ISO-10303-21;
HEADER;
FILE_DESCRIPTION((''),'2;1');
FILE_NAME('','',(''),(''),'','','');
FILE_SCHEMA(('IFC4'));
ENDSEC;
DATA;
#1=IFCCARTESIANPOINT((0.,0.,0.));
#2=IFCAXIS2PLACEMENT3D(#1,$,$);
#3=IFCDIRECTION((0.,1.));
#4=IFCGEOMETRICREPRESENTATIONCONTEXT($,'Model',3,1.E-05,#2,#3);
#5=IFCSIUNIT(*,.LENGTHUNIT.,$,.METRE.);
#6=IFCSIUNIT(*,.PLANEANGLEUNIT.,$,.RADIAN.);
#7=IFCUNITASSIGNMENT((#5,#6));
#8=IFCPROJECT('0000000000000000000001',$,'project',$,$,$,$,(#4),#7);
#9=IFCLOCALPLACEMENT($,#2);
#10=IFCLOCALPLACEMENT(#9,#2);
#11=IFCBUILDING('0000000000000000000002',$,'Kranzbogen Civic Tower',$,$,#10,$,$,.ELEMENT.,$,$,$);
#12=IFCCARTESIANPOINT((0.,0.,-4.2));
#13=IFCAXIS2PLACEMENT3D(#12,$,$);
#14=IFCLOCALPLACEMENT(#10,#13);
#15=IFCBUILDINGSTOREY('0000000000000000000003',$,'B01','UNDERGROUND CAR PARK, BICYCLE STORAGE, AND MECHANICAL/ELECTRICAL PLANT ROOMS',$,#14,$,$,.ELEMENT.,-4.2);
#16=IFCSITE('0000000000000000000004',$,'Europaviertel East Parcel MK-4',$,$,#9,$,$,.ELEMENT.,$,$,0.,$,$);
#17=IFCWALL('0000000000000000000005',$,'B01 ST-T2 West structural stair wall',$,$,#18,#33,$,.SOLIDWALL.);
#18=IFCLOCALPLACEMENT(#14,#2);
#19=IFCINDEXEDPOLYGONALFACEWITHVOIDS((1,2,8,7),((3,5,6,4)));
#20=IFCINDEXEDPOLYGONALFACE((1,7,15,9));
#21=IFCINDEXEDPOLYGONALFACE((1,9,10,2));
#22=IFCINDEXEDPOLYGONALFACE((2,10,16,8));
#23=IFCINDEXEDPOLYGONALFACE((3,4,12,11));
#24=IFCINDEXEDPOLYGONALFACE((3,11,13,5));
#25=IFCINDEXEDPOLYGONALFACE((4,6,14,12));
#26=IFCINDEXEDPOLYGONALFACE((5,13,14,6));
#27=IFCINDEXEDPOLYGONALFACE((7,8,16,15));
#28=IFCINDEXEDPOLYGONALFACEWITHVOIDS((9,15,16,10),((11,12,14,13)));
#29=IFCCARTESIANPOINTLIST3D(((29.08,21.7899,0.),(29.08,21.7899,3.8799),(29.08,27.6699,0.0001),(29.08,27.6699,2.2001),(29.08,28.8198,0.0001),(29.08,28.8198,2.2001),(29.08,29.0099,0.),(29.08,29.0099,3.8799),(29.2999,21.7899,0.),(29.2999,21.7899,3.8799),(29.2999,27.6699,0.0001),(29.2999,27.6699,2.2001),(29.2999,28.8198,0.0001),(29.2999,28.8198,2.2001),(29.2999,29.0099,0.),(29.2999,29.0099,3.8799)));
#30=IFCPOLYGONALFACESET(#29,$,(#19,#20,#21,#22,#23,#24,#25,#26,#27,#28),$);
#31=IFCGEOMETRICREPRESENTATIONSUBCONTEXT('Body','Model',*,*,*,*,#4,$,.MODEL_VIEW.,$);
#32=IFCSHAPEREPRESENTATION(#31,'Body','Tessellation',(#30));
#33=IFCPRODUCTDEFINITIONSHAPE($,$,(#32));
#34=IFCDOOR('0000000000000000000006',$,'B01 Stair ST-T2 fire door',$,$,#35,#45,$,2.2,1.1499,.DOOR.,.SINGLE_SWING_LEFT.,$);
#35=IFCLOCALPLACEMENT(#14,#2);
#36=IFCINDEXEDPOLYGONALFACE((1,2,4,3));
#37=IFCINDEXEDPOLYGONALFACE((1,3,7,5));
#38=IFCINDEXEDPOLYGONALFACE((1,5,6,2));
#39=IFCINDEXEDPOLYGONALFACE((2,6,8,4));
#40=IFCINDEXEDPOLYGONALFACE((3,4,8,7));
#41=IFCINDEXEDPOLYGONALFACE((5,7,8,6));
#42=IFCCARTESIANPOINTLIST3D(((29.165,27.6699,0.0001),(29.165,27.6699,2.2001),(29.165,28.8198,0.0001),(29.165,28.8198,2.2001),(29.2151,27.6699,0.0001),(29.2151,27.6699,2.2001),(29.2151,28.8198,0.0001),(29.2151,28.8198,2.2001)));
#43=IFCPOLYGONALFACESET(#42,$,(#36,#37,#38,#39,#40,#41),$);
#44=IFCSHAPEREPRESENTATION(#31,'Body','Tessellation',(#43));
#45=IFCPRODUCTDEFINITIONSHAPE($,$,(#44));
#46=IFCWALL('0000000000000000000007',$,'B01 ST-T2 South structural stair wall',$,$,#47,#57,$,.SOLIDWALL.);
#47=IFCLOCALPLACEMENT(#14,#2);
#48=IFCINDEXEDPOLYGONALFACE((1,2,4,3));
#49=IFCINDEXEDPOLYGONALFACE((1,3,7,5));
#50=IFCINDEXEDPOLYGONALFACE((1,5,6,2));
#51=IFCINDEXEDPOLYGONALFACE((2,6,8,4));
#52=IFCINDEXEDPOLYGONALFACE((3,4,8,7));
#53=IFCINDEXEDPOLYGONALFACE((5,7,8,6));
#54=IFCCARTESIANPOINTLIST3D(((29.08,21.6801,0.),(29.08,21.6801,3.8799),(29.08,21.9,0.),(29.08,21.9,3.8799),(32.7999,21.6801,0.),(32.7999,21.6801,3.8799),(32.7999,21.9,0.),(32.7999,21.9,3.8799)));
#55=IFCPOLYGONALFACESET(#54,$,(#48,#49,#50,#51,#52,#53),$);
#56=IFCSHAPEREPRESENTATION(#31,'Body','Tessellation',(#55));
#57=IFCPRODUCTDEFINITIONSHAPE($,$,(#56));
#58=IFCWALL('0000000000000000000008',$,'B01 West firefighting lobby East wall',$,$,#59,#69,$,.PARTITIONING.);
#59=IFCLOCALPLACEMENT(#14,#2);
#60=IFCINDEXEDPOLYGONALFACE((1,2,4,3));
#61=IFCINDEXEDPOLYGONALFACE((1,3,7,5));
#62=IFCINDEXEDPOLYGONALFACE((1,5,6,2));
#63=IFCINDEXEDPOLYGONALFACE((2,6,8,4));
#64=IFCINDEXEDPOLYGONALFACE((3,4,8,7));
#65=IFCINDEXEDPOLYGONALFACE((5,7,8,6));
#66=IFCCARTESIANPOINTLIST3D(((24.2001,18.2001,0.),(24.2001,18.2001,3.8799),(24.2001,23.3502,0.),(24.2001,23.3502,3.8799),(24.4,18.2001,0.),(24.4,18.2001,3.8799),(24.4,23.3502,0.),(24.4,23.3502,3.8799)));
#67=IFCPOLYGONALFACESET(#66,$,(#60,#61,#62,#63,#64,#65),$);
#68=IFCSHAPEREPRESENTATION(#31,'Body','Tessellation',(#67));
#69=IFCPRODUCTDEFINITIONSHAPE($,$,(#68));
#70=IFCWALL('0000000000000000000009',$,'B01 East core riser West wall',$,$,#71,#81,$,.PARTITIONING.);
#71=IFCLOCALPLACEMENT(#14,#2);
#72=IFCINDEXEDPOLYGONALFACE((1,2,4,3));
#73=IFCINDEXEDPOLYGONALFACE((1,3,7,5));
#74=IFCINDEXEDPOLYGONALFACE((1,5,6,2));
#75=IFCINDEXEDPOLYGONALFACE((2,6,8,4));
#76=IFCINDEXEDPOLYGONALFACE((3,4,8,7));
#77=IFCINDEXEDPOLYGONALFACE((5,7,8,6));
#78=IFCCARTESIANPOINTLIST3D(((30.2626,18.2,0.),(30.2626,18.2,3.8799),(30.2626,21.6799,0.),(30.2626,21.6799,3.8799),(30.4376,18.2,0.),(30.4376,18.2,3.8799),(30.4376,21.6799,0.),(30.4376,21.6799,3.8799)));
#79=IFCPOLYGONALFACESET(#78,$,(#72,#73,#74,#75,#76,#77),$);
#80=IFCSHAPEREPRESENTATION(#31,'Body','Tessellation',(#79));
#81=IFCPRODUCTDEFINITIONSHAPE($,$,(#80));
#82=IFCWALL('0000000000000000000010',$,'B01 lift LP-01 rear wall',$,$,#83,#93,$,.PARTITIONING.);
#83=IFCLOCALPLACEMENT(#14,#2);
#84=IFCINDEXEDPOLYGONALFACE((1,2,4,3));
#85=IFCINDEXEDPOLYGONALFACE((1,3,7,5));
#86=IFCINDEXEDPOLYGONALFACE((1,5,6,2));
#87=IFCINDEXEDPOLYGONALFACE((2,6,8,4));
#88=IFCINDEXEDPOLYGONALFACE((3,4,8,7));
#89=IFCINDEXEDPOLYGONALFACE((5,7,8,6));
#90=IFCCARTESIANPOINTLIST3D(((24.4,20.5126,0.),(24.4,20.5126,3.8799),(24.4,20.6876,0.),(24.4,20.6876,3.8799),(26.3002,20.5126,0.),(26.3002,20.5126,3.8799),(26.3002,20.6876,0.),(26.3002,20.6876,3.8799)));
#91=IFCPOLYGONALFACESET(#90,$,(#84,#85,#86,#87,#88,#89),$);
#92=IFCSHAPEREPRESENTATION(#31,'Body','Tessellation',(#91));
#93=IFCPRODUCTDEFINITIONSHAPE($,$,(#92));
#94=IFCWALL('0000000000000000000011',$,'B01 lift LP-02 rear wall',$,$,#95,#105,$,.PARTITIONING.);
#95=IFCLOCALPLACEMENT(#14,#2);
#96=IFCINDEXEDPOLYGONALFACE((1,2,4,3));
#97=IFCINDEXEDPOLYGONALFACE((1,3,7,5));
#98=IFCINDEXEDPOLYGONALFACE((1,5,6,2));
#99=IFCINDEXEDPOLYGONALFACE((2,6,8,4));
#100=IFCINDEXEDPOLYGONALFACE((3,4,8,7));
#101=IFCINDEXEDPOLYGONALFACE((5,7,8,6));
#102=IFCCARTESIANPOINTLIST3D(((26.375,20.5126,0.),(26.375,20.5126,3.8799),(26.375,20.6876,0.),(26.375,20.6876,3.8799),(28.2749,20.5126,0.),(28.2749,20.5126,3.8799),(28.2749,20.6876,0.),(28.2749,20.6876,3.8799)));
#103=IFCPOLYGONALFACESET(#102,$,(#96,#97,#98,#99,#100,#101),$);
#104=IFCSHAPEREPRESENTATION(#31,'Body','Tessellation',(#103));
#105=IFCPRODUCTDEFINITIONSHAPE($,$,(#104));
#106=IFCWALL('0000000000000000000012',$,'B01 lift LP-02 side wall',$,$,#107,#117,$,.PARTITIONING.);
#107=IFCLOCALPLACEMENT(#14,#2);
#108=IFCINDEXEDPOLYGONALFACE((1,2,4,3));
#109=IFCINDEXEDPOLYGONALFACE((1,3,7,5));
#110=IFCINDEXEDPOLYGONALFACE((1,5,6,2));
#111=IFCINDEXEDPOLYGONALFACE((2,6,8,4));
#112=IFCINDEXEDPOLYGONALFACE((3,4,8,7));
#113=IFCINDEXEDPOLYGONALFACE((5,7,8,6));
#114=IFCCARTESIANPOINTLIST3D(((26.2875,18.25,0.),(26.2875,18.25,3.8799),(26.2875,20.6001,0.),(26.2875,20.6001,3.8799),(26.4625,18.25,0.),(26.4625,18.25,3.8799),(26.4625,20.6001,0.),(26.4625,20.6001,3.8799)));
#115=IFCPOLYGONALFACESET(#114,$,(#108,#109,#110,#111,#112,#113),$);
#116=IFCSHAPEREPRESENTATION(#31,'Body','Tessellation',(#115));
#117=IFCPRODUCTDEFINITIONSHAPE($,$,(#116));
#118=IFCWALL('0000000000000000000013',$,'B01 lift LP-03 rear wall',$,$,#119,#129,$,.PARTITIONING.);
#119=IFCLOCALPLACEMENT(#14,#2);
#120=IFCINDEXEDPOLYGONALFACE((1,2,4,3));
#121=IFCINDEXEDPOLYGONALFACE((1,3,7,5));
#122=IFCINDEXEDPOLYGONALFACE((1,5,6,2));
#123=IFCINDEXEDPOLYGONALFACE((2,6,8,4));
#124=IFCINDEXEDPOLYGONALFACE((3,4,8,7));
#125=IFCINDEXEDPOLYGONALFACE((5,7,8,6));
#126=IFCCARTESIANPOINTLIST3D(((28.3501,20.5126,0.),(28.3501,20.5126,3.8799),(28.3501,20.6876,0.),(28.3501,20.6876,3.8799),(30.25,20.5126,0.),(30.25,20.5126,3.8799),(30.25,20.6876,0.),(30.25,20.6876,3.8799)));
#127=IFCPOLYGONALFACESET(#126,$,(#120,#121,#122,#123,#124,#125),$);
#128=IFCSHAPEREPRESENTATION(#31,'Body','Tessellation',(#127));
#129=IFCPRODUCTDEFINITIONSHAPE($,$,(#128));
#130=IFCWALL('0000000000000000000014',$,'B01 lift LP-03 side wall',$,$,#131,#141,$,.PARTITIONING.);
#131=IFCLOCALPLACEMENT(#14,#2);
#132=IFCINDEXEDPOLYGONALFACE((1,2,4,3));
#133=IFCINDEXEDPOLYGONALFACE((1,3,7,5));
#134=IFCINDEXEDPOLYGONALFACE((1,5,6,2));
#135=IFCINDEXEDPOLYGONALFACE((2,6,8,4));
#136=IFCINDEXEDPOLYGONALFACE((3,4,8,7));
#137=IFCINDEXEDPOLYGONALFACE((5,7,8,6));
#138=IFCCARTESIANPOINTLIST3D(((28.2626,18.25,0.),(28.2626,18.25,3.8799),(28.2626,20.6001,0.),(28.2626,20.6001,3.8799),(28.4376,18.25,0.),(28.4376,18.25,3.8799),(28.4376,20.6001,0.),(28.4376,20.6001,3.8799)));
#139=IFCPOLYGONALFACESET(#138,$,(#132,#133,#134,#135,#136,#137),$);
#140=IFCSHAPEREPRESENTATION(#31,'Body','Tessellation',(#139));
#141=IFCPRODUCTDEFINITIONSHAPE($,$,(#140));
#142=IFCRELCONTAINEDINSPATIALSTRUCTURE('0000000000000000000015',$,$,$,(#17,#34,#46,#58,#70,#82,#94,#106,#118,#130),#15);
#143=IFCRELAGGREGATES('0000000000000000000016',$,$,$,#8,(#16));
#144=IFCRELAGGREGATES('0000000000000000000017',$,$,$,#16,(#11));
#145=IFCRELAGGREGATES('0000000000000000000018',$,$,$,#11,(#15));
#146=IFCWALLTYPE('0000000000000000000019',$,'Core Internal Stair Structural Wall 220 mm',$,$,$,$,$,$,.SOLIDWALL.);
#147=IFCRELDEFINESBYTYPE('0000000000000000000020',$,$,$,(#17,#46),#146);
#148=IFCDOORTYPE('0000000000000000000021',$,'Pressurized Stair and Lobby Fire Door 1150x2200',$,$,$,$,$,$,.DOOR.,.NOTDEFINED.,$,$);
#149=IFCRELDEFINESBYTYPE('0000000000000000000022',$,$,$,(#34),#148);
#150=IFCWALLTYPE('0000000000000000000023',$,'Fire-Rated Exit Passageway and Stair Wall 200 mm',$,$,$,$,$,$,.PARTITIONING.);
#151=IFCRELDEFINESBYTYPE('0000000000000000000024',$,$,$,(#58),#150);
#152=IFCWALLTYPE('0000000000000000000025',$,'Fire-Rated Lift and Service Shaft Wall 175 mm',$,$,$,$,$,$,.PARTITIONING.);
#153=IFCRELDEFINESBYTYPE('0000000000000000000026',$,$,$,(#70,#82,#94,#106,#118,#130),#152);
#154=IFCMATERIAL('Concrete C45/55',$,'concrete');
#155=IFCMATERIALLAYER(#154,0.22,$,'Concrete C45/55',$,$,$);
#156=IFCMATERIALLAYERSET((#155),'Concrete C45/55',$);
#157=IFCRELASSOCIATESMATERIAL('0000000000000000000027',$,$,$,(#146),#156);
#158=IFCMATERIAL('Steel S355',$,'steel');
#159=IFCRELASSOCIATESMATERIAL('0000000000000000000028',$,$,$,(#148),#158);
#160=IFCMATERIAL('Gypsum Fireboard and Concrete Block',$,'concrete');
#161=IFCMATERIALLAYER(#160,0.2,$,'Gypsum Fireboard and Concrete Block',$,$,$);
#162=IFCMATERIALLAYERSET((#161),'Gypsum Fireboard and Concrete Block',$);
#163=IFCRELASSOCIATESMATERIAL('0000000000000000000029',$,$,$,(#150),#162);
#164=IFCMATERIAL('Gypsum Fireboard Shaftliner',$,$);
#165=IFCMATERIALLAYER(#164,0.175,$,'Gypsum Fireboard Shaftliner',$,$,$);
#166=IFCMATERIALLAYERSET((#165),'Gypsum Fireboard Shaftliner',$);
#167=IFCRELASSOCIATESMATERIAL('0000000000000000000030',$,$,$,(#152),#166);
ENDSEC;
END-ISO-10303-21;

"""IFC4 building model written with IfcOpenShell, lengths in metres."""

from ifc_helpers import new_model, si_unit, direction, frame, frame_2d, origin, place, context, subcontext, project, spatial, rectangle, extrude, material, layer, layer_set, type_object, element, fill, save


model = new_model("IFC4")

# Units and contexts
model_context = context("Model", 3, precision=1e-05, world=origin(), true_north=direction((0.0, 1.0)))
body_context = subcontext(model_context, "Body", "Model", "MODEL_VIEW")
ifc_project = project(units=[si_unit("LENGTHUNIT", "METRE"), si_unit("PLANEANGLEUNIT", "RADIAN")], contexts=[model_context])

# Site, building, storey
site_placement = place(None, origin())
site = spatial("IfcSite", under=ifc_project, at=site_placement, Name="Europaviertel East Parcel MK-4", CompositionType="ELEMENT", RefElevation=0.0)
building_placement = place(site_placement, origin())
building = spatial("IfcBuilding", under=site, at=building_placement, Name="Kranzbogen Civic Tower", CompositionType="ELEMENT")
storey_placement = place(building_placement, frame((0.0, 0.0, -4.2)))
storey = spatial("IfcBuildingStorey", under=building, at=storey_placement, Name="B01", Description="UNDERGROUND CAR PARK, BICYCLE STORAGE, AND MECHANICAL/ELECTRICAL PLANT ROOMS", CompositionType="ELEMENT", Elevation=-4.2)

# Shared definitions
ifc_material_1 = material(Name="Steel S355", Category="steel")

# Wall, opening, door
ifc_material_2 = material(Name="Concrete C45/55", Category="concrete")
ifc_layer_1 = layer(ifc_material_2, 0.22, Name="Concrete C45/55")
ifc_layer_set_1 = layer_set([ifc_layer_1], Name="Concrete C45/55")
wall_type_1 = type_object("IfcWallType", Name="Core Internal Stair Structural Wall 220 mm", PredefinedType="SOLIDWALL", material=ifc_layer_set_1)
wall_1_placement = place(storey_placement, frame((29.1899, 21.79, 0.0), z_axis=(0.0, 0.0, 1.0), x_axis=(0.0, 1.0, 0.0)))
wall_1 = element("IfcWall", 1, at=wall_1_placement, inside=storey, type_object=wall_type_1, Name="B01 ST-T2 West structural stair wall", PredefinedType="SOLIDWALL", context=body_context, shape_type="SweptSolid", body=[
    extrude(rectangle(XDim=7.22, YDim=0.22, at=frame_2d((3.6099, 0.0))), origin(), (0.0, 0.0, 1.0), 3.8799),
])
opening_placement = place(wall_1_placement, frame((5.8799, 0.0, 0.0)))
opening = element("IfcOpeningElement", 2, at=opening_placement, cuts=wall_1, PredefinedType="OPENING", context=body_context, shape_type="SweptSolid", body=[
    extrude(rectangle(XDim=1.1499, YDim=2.2, at=frame_2d((0.575, 1.1001))), frame((0.0, 0.1201, 0.0), z_axis=(0.0, -1.0, 0.0), x_axis=(1.0, 0.0, 0.0)), (0.0, 0.0, 1.0), 0.24),
])
door_type = type_object("IfcDoorType", Name="Pressurized Stair and Lobby Fire Door 1150x2200", OperationType="NOTDEFINED", PredefinedType="DOOR", material=ifc_material_1)
door_placement = place(opening_placement, origin())
door = element("IfcDoor", 3, at=door_placement, inside=storey, type_object=door_type, Name="B01 Stair ST-T2 fire door", OperationType="SINGLE_SWING_LEFT", OverallHeight=2.2, OverallWidth=1.1499, PredefinedType="DOOR", context=body_context, shape_type="SweptSolid", body=[
    extrude(rectangle(XDim=1.1499, YDim=2.2, at=frame_2d((0.575, 1.1001))), frame((0.0, 0.0249, 0.0), z_axis=(0.0, -1.0, 0.0), x_axis=(1.0, 0.0, 0.0)), (0.0, 0.0, 1.0), 0.05),
])
fill(opening, door)

# Walls
wall_2_placement = place(storey_placement, frame((29.0801, 21.79, 0.0), z_axis=(0.0, 0.0, 1.0), x_axis=(1.0, 0.0, 0.0)))
element("IfcWall", 4, at=wall_2_placement, inside=storey, type_object=wall_type_1, Name="B01 ST-T2 South structural stair wall", PredefinedType="SOLIDWALL", context=body_context, shape_type="SweptSolid", body=[
    extrude(rectangle(XDim=3.72, YDim=0.22, at=frame_2d((1.8599, 0.0))), origin(), (0.0, 0.0, 1.0), 3.8799),
])
ifc_material_3 = material(Name="Gypsum Fireboard and Concrete Block", Category="concrete")
ifc_layer_2 = layer(ifc_material_3, 0.2, Name="Gypsum Fireboard and Concrete Block")
ifc_layer_set_2 = layer_set([ifc_layer_2], Name="Gypsum Fireboard and Concrete Block")
wall_type_2 = type_object("IfcWallType", Name="Fire-Rated Exit Passageway and Stair Wall 200 mm", PredefinedType="PARTITIONING", material=ifc_layer_set_2)
wall_3_placement = place(storey_placement, frame((24.3, 18.2, 0.0), z_axis=(0.0, 0.0, 1.0), x_axis=(0.0, 1.0, 0.0)))
element("IfcWall", 5, at=wall_3_placement, inside=storey, type_object=wall_type_2, Name="B01 West firefighting lobby East wall", PredefinedType="PARTITIONING", context=body_context, shape_type="SweptSolid", body=[
    extrude(rectangle(XDim=5.1501, YDim=0.2, at=frame_2d((2.5752, 0.0))), origin(), (0.0, 0.0, 1.0), 3.8799),
])
ifc_material_4 = material(Name="Gypsum Fireboard Shaftliner")
ifc_layer_3 = layer(ifc_material_4, 0.175, Name="Gypsum Fireboard Shaftliner")
ifc_layer_set_3 = layer_set([ifc_layer_3], Name="Gypsum Fireboard Shaftliner")
wall_type_3 = type_object("IfcWallType", Name="Fire-Rated Lift and Service Shaft Wall 175 mm", PredefinedType="PARTITIONING", material=ifc_layer_set_3)
wall_4_placement = place(storey_placement, frame((30.3501, 18.2, 0.0), z_axis=(0.0, 0.0, 1.0), x_axis=(0.0, 1.0, 0.0)))
element("IfcWall", 6, at=wall_4_placement, inside=storey, type_object=wall_type_3, Name="B01 East core riser West wall", PredefinedType="PARTITIONING", context=body_context, shape_type="SweptSolid", body=[
    extrude(rectangle(XDim=3.48, YDim=0.175, at=frame_2d((1.74, 0.0))), origin(), (0.0, 0.0, 1.0), 3.8799),
])
wall_5_placement = place(storey_placement, frame((24.3999, 20.6001, 0.0), z_axis=(0.0, 0.0, 1.0), x_axis=(1.0, 0.0, 0.0)))
element("IfcWall", 7, at=wall_5_placement, inside=storey, type_object=wall_type_3, Name="B01 lift LP-01 rear wall", PredefinedType="PARTITIONING", context=body_context, shape_type="SweptSolid", body=[
    extrude(rectangle(XDim=1.9001, YDim=0.175, at=frame_2d((0.9502, 0.0))), origin(), (0.0, 0.0, 1.0), 3.8799),
])
wall_6_placement = place(storey_placement, frame((26.375, 20.6001, 0.0), z_axis=(0.0, 0.0, 1.0), x_axis=(1.0, 0.0, 0.0)))
element("IfcWall", 8, at=wall_6_placement, inside=storey, type_object=wall_type_3, Name="B01 lift LP-02 rear wall", PredefinedType="PARTITIONING", context=body_context, shape_type="SweptSolid", body=[
    extrude(rectangle(XDim=1.8999, YDim=0.175, at=frame_2d((0.95, 0.0))), origin(), (0.0, 0.0, 1.0), 3.8799),
])
wall_7_placement = place(storey_placement, frame((26.375, 18.25, 0.0), z_axis=(0.0, 0.0, 1.0), x_axis=(0.0, 1.0, 0.0)))
element("IfcWall", 9, at=wall_7_placement, inside=storey, type_object=wall_type_3, Name="B01 lift LP-02 side wall", PredefinedType="PARTITIONING", context=body_context, shape_type="SweptSolid", body=[
    extrude(rectangle(XDim=2.3501, YDim=0.175, at=frame_2d((1.175, 0.0))), origin(), (0.0, 0.0, 1.0), 3.8799),
])
wall_8_placement = place(storey_placement, frame((28.3501, 20.6001, 0.0), z_axis=(0.0, 0.0, 1.0), x_axis=(1.0, 0.0, 0.0)))
element("IfcWall", 10, at=wall_8_placement, inside=storey, type_object=wall_type_3, Name="B01 lift LP-03 rear wall", PredefinedType="PARTITIONING", context=body_context, shape_type="SweptSolid", body=[
    extrude(rectangle(XDim=1.8999, YDim=0.175, at=frame_2d((0.95, 0.0))), origin(), (0.0, 0.0, 1.0), 3.8799),
])
wall_9_placement = place(storey_placement, frame((28.3501, 18.25, 0.0), z_axis=(0.0, 0.0, 1.0), x_axis=(0.0, 1.0, 0.0)))
element("IfcWall", 11, at=wall_9_placement, inside=storey, type_object=wall_type_3, Name="B01 lift LP-03 side wall", PredefinedType="PARTITIONING", context=body_context, shape_type="SweptSolid", body=[
    extrude(rectangle(XDim=2.3501, YDim=0.175, at=frame_2d((1.175, 0.0))), origin(), (0.0, 0.0, 1.0), 3.8799),
])

save(model, "model.ifc")
